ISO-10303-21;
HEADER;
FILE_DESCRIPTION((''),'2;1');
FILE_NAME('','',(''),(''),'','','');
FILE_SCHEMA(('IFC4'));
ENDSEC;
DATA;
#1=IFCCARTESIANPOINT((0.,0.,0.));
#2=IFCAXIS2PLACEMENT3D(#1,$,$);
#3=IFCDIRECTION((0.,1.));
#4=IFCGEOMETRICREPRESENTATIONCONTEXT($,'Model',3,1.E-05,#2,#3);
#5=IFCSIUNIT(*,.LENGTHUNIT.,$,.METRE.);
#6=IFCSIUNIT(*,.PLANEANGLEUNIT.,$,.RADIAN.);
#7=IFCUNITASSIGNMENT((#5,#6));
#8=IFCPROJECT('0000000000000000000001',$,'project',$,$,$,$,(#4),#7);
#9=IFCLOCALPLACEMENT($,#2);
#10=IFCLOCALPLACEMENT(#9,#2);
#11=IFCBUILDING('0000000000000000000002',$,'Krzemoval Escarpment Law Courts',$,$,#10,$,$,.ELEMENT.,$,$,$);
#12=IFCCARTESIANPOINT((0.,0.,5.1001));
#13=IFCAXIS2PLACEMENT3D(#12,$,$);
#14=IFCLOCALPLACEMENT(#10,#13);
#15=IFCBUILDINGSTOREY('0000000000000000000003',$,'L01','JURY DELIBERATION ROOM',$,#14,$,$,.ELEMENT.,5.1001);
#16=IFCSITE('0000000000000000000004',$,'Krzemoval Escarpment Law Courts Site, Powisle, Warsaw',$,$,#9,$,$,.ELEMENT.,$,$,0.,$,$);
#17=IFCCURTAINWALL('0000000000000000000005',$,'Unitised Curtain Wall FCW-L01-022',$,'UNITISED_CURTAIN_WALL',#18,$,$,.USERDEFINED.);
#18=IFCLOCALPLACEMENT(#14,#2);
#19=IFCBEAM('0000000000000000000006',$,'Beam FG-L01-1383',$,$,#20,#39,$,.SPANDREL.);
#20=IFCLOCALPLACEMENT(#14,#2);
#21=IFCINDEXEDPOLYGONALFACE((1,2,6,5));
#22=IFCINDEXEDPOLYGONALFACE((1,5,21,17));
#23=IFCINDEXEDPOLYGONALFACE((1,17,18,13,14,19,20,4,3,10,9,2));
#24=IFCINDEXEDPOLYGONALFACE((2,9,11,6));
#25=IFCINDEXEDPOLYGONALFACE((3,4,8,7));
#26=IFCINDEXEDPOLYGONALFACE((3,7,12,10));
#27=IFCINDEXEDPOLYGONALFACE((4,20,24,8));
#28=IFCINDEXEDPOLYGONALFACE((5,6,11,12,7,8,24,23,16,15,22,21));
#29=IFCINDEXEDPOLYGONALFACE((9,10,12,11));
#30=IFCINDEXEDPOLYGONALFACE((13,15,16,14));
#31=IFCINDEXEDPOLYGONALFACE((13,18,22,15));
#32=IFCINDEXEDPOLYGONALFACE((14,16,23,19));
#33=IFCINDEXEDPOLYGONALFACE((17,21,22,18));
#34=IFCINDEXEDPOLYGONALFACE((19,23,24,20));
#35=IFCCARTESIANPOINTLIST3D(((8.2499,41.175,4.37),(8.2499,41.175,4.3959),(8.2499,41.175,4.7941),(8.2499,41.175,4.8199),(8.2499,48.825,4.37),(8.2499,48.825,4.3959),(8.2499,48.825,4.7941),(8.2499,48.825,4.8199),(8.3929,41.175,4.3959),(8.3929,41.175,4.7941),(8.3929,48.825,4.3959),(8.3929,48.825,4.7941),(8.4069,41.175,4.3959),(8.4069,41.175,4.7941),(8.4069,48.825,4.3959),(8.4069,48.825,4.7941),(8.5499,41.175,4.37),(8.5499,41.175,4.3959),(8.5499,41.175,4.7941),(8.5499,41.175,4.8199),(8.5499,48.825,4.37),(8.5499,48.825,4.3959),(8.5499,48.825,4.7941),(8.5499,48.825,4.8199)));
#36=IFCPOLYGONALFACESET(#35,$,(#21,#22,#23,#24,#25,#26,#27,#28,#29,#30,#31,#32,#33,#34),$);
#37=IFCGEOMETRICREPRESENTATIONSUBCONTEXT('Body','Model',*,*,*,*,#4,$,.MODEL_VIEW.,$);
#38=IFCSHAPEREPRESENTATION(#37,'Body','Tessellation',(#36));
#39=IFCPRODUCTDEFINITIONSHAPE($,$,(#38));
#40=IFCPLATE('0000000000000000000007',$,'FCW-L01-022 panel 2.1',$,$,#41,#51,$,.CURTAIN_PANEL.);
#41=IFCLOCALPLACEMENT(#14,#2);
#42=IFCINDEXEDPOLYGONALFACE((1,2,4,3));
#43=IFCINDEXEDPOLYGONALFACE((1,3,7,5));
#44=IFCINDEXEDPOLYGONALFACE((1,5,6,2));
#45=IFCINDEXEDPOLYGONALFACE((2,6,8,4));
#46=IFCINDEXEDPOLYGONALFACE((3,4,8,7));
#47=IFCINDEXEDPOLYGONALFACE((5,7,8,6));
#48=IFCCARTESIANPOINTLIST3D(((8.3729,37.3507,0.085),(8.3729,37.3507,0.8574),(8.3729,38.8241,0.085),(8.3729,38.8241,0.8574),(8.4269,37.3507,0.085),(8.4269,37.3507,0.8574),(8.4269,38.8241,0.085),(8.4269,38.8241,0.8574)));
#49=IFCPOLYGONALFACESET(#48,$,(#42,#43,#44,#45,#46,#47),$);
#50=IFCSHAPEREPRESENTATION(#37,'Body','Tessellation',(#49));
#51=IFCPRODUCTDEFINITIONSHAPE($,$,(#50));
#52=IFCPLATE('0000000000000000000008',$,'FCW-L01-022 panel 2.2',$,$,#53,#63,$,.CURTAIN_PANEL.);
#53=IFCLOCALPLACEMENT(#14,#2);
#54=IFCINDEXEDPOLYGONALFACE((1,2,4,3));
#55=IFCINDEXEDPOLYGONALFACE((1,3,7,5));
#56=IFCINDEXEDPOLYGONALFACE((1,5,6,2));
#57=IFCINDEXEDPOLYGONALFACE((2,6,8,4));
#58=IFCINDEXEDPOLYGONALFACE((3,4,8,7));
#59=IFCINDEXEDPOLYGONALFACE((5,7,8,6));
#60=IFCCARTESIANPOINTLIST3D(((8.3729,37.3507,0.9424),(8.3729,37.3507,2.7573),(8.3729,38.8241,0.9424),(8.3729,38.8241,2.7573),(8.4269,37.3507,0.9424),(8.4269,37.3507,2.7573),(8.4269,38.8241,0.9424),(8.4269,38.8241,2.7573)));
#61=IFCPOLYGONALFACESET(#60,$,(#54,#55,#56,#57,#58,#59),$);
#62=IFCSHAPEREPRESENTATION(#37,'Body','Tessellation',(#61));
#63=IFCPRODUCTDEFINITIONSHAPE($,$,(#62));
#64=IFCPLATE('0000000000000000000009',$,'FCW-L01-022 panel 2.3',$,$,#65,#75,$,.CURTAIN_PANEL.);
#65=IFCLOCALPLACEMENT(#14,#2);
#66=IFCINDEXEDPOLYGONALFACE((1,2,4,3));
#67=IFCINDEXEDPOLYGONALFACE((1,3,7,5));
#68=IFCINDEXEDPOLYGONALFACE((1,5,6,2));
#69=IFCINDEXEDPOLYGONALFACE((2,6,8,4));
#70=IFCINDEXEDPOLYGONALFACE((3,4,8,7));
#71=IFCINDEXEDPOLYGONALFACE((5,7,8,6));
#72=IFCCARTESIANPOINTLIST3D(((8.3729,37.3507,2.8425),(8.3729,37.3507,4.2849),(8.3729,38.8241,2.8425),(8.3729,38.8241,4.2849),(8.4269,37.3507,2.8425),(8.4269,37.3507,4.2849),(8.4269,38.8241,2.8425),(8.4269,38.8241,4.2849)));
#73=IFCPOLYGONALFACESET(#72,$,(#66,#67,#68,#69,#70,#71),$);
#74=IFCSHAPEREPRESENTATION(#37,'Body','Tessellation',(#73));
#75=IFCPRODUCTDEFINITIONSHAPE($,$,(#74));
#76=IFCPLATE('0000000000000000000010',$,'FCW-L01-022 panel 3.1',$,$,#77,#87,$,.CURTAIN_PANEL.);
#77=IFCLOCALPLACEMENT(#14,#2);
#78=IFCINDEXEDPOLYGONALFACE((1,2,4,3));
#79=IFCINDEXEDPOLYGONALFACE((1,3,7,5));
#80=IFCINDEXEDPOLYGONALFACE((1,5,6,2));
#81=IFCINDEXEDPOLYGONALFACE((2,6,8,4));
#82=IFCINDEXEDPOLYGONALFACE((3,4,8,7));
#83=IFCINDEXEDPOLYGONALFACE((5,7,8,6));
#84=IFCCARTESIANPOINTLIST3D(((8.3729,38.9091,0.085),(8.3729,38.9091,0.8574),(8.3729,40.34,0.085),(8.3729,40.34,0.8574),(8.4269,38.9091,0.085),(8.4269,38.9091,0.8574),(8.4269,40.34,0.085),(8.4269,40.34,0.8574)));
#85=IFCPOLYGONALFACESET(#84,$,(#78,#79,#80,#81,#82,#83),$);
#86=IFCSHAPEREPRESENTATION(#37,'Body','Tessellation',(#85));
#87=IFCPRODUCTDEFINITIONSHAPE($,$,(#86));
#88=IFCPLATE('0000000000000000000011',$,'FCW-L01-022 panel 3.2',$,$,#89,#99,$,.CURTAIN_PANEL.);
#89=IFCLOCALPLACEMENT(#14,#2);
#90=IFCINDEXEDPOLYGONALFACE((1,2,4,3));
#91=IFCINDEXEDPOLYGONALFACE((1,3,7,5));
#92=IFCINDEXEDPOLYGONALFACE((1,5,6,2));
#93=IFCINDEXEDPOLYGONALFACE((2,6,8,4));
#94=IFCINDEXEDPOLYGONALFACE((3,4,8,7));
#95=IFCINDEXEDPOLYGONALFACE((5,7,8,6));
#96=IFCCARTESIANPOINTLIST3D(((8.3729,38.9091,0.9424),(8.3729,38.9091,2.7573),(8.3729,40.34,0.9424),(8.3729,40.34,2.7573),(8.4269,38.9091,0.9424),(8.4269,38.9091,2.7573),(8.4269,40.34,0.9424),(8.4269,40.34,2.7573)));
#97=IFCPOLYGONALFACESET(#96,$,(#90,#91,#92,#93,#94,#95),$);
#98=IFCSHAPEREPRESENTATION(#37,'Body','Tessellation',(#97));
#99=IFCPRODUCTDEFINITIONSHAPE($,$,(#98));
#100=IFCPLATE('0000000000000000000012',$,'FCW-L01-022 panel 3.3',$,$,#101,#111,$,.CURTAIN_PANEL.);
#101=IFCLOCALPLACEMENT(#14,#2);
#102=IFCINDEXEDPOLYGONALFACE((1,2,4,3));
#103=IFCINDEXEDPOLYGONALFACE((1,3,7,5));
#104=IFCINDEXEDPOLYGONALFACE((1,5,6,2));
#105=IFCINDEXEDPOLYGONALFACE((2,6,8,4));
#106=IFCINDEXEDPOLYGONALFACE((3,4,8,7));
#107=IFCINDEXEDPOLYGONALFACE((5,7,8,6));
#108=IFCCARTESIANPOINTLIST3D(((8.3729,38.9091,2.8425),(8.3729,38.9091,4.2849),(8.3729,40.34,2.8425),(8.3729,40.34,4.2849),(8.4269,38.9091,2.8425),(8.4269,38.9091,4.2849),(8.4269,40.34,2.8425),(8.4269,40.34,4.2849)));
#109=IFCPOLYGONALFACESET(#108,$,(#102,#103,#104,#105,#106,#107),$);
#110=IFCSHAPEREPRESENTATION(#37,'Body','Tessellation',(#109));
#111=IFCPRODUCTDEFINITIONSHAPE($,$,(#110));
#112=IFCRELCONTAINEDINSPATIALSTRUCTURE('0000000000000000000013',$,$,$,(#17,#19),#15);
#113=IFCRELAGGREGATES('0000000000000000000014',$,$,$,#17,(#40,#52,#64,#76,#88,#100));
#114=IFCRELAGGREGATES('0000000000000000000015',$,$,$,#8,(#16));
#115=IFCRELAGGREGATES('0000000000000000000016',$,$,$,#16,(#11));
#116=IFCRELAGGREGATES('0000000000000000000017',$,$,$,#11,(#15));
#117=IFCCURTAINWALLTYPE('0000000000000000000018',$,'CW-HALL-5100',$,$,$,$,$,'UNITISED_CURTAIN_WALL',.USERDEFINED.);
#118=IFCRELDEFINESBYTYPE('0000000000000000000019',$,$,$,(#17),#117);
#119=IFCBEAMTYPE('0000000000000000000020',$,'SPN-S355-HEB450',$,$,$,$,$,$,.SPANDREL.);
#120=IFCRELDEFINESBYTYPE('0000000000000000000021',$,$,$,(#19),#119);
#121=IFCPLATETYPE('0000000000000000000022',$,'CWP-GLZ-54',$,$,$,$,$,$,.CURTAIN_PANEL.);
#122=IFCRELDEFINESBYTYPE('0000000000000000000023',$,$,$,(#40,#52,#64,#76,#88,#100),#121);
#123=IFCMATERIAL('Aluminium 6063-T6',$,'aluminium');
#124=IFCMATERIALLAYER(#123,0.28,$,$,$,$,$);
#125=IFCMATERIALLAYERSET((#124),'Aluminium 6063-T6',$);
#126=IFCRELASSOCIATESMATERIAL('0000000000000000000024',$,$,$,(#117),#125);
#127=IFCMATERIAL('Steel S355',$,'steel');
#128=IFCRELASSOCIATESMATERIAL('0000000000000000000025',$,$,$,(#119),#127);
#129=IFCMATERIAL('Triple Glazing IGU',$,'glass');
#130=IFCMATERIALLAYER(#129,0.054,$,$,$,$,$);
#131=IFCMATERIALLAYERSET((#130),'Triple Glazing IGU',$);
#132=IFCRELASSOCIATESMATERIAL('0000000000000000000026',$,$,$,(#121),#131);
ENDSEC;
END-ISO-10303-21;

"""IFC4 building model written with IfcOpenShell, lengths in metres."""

from ifc_helpers import new_model, si_unit, direction, frame, origin, origin_2d, place, context, subcontext, project, spatial, rectangle, i_section, extrude, material, layer, layer_set, material_profile, profile_set, type_object, element, aggregate, save


model = new_model("IFC4")

# Units and contexts
model_context = context("Model", 3, precision=1e-05, world=origin(), true_north=direction((0.0, 1.0)))
body_context = subcontext(model_context, "Body", "Model", "MODEL_VIEW")
ifc_project = project(units=[si_unit("LENGTHUNIT", "METRE"), si_unit("PLANEANGLEUNIT", "RADIAN")], contexts=[model_context])

# Site, building, storey
site_placement = place(None, origin())
site = spatial("IfcSite", under=ifc_project, at=site_placement, Name="Krzemoval Escarpment Law Courts Site, Powisle, Warsaw", CompositionType="ELEMENT", RefElevation=0.0)
building_placement = place(site_placement, origin())
building = spatial("IfcBuilding", under=site, at=building_placement, Name="Krzemoval Escarpment Law Courts", CompositionType="ELEMENT")
storey_placement = place(building_placement, frame((0.0, 0.0, 5.1001)))
storey = spatial("IfcBuildingStorey", under=building, at=storey_placement, Name="L01", Description="JURY DELIBERATION ROOM", CompositionType="ELEMENT", Elevation=5.1001)

# Curtain wall
ifc_material_1 = material(Name="Aluminium 6063-T6", Category="aluminium")
ifc_layer_1 = layer(ifc_material_1, 0.28)
ifc_layer_set_1 = layer_set([ifc_layer_1], Name="Aluminium 6063-T6")
curtain_wall_type = type_object("IfcCurtainWallType", Name="CW-HALL-5100", ElementType="UNITISED_CURTAIN_WALL", PredefinedType="USERDEFINED", material=ifc_layer_set_1)
curtain_wall_1_placement = place(storey_placement, origin())
curtain_wall_1 = element("IfcCurtainWall", 1, at=curtain_wall_1_placement, inside=storey, type_object=curtain_wall_type, Name="Unitised Curtain Wall FCW-L01-022", ObjectType="UNITISED_CURTAIN_WALL", PredefinedType="USERDEFINED")

# Beam
ifc_material_2 = material(Name="Steel S355", Category="steel")
ifc_material_profile_1 = material_profile(ifc_material_2, i_section(OverallWidth=0.3, OverallDepth=0.45, WebThickness=0.0139, FlangeThickness=0.0259, at=origin_2d()), Name="HEB 450")
ifc_profile_set_1 = profile_set([ifc_material_profile_1], Name="Steel S355")
beam_type = type_object("IfcBeamType", Name="SPN-S355-HEB450", PredefinedType="SPANDREL", material=ifc_profile_set_1)
beam_placement = place(storey_placement, frame((8.3999, 41.175, 4.595), z_axis=(0.0, 1.0, 0.0), x_axis=(-1.0, 0.0, 0.0)))
element("IfcBeam", 2, at=beam_placement, inside=storey, type_object=beam_type, Name="Beam FG-L01-1383", PredefinedType="SPANDREL", context=body_context, shape_type="SweptSolid", body=[
    extrude(i_section(OverallWidth=0.3, OverallDepth=0.45, WebThickness=0.0139, FlangeThickness=0.0259, at=origin_2d()), origin(), (0.0, 0.0, 1.0), 7.6499),
])

# Plates
ifc_material_3 = material(Name="Triple Glazing IGU", Category="glass")
ifc_layer_2 = layer(ifc_material_3, 0.054)
ifc_layer_set_2 = layer_set([ifc_layer_2], Name="Triple Glazing IGU")
plate_type = type_object("IfcPlateType", Name="CWP-GLZ-54", PredefinedType="CURTAIN_PANEL", material=ifc_layer_set_2)
plate_1_placement = place(storey_placement, frame((8.3999, 38.0874, 0.085), z_axis=(0.0, 0.0, 1.0), x_axis=(0.0, 1.0, 0.0)))
plate_1 = element("IfcPlate", 3, at=plate_1_placement, type_object=plate_type, Name="FCW-L01-022 panel 2.1", PredefinedType="CURTAIN_PANEL", context=body_context, shape_type="SweptSolid", body=[
    extrude(rectangle(XDim=1.4734, YDim=0.054, at=origin_2d()), origin(), (0.0, 0.0, 1.0), 0.7725),
])
plate_2_placement = place(storey_placement, frame((8.3999, 38.0874, 0.9424), z_axis=(0.0, 0.0, 1.0), x_axis=(0.0, 1.0, 0.0)))
plate_2 = element("IfcPlate", 4, at=plate_2_placement, type_object=plate_type, Name="FCW-L01-022 panel 2.2", PredefinedType="CURTAIN_PANEL", context=body_context, shape_type="SweptSolid", body=[
    extrude(rectangle(XDim=1.4734, YDim=0.054, at=origin_2d()), origin(), (0.0, 0.0, 1.0), 1.8149),
])
plate_3_placement = place(storey_placement, frame((8.3999, 38.0874, 2.8425), z_axis=(0.0, 0.0, 1.0), x_axis=(0.0, 1.0, 0.0)))
plate_3 = element("IfcPlate", 5, at=plate_3_placement, type_object=plate_type, Name="FCW-L01-022 panel 2.3", PredefinedType="CURTAIN_PANEL", context=body_context, shape_type="SweptSolid", body=[
    extrude(rectangle(XDim=1.4734, YDim=0.054, at=origin_2d()), origin(), (0.0, 0.0, 1.0), 1.4424),
])
plate_4_placement = place(storey_placement, frame((8.3999, 39.6245, 0.085), z_axis=(0.0, 0.0, 1.0), x_axis=(0.0, 1.0, 0.0)))
plate_4 = element("IfcPlate", 6, at=plate_4_placement, type_object=plate_type, Name="FCW-L01-022 panel 3.1", PredefinedType="CURTAIN_PANEL", context=body_context, shape_type="SweptSolid", body=[
    extrude(rectangle(XDim=1.4309, YDim=0.054, at=origin_2d()), origin(), (0.0, 0.0, 1.0), 0.7725),
])
plate_5_placement = place(storey_placement, frame((8.3999, 39.6245, 0.9424), z_axis=(0.0, 0.0, 1.0), x_axis=(0.0, 1.0, 0.0)))
plate_5 = element("IfcPlate", 7, at=plate_5_placement, type_object=plate_type, Name="FCW-L01-022 panel 3.2", PredefinedType="CURTAIN_PANEL", context=body_context, shape_type="SweptSolid", body=[
    extrude(rectangle(XDim=1.4309, YDim=0.054, at=origin_2d()), origin(), (0.0, 0.0, 1.0), 1.8149),
])
plate_6_placement = place(storey_placement, frame((8.3999, 39.6245, 2.8425), z_axis=(0.0, 0.0, 1.0), x_axis=(0.0, 1.0, 0.0)))
plate_6 = element("IfcPlate", 8, at=plate_6_placement, type_object=plate_type, Name="FCW-L01-022 panel 3.3", PredefinedType="CURTAIN_PANEL", context=body_context, shape_type="SweptSolid", body=[
    extrude(rectangle(XDim=1.4309, YDim=0.054, at=origin_2d()), origin(), (0.0, 0.0, 1.0), 1.4424),
])
aggregate(curtain_wall_1, [plate_1, plate_2, plate_3, plate_4, plate_5, plate_6])

save(model, "model.ifc")
